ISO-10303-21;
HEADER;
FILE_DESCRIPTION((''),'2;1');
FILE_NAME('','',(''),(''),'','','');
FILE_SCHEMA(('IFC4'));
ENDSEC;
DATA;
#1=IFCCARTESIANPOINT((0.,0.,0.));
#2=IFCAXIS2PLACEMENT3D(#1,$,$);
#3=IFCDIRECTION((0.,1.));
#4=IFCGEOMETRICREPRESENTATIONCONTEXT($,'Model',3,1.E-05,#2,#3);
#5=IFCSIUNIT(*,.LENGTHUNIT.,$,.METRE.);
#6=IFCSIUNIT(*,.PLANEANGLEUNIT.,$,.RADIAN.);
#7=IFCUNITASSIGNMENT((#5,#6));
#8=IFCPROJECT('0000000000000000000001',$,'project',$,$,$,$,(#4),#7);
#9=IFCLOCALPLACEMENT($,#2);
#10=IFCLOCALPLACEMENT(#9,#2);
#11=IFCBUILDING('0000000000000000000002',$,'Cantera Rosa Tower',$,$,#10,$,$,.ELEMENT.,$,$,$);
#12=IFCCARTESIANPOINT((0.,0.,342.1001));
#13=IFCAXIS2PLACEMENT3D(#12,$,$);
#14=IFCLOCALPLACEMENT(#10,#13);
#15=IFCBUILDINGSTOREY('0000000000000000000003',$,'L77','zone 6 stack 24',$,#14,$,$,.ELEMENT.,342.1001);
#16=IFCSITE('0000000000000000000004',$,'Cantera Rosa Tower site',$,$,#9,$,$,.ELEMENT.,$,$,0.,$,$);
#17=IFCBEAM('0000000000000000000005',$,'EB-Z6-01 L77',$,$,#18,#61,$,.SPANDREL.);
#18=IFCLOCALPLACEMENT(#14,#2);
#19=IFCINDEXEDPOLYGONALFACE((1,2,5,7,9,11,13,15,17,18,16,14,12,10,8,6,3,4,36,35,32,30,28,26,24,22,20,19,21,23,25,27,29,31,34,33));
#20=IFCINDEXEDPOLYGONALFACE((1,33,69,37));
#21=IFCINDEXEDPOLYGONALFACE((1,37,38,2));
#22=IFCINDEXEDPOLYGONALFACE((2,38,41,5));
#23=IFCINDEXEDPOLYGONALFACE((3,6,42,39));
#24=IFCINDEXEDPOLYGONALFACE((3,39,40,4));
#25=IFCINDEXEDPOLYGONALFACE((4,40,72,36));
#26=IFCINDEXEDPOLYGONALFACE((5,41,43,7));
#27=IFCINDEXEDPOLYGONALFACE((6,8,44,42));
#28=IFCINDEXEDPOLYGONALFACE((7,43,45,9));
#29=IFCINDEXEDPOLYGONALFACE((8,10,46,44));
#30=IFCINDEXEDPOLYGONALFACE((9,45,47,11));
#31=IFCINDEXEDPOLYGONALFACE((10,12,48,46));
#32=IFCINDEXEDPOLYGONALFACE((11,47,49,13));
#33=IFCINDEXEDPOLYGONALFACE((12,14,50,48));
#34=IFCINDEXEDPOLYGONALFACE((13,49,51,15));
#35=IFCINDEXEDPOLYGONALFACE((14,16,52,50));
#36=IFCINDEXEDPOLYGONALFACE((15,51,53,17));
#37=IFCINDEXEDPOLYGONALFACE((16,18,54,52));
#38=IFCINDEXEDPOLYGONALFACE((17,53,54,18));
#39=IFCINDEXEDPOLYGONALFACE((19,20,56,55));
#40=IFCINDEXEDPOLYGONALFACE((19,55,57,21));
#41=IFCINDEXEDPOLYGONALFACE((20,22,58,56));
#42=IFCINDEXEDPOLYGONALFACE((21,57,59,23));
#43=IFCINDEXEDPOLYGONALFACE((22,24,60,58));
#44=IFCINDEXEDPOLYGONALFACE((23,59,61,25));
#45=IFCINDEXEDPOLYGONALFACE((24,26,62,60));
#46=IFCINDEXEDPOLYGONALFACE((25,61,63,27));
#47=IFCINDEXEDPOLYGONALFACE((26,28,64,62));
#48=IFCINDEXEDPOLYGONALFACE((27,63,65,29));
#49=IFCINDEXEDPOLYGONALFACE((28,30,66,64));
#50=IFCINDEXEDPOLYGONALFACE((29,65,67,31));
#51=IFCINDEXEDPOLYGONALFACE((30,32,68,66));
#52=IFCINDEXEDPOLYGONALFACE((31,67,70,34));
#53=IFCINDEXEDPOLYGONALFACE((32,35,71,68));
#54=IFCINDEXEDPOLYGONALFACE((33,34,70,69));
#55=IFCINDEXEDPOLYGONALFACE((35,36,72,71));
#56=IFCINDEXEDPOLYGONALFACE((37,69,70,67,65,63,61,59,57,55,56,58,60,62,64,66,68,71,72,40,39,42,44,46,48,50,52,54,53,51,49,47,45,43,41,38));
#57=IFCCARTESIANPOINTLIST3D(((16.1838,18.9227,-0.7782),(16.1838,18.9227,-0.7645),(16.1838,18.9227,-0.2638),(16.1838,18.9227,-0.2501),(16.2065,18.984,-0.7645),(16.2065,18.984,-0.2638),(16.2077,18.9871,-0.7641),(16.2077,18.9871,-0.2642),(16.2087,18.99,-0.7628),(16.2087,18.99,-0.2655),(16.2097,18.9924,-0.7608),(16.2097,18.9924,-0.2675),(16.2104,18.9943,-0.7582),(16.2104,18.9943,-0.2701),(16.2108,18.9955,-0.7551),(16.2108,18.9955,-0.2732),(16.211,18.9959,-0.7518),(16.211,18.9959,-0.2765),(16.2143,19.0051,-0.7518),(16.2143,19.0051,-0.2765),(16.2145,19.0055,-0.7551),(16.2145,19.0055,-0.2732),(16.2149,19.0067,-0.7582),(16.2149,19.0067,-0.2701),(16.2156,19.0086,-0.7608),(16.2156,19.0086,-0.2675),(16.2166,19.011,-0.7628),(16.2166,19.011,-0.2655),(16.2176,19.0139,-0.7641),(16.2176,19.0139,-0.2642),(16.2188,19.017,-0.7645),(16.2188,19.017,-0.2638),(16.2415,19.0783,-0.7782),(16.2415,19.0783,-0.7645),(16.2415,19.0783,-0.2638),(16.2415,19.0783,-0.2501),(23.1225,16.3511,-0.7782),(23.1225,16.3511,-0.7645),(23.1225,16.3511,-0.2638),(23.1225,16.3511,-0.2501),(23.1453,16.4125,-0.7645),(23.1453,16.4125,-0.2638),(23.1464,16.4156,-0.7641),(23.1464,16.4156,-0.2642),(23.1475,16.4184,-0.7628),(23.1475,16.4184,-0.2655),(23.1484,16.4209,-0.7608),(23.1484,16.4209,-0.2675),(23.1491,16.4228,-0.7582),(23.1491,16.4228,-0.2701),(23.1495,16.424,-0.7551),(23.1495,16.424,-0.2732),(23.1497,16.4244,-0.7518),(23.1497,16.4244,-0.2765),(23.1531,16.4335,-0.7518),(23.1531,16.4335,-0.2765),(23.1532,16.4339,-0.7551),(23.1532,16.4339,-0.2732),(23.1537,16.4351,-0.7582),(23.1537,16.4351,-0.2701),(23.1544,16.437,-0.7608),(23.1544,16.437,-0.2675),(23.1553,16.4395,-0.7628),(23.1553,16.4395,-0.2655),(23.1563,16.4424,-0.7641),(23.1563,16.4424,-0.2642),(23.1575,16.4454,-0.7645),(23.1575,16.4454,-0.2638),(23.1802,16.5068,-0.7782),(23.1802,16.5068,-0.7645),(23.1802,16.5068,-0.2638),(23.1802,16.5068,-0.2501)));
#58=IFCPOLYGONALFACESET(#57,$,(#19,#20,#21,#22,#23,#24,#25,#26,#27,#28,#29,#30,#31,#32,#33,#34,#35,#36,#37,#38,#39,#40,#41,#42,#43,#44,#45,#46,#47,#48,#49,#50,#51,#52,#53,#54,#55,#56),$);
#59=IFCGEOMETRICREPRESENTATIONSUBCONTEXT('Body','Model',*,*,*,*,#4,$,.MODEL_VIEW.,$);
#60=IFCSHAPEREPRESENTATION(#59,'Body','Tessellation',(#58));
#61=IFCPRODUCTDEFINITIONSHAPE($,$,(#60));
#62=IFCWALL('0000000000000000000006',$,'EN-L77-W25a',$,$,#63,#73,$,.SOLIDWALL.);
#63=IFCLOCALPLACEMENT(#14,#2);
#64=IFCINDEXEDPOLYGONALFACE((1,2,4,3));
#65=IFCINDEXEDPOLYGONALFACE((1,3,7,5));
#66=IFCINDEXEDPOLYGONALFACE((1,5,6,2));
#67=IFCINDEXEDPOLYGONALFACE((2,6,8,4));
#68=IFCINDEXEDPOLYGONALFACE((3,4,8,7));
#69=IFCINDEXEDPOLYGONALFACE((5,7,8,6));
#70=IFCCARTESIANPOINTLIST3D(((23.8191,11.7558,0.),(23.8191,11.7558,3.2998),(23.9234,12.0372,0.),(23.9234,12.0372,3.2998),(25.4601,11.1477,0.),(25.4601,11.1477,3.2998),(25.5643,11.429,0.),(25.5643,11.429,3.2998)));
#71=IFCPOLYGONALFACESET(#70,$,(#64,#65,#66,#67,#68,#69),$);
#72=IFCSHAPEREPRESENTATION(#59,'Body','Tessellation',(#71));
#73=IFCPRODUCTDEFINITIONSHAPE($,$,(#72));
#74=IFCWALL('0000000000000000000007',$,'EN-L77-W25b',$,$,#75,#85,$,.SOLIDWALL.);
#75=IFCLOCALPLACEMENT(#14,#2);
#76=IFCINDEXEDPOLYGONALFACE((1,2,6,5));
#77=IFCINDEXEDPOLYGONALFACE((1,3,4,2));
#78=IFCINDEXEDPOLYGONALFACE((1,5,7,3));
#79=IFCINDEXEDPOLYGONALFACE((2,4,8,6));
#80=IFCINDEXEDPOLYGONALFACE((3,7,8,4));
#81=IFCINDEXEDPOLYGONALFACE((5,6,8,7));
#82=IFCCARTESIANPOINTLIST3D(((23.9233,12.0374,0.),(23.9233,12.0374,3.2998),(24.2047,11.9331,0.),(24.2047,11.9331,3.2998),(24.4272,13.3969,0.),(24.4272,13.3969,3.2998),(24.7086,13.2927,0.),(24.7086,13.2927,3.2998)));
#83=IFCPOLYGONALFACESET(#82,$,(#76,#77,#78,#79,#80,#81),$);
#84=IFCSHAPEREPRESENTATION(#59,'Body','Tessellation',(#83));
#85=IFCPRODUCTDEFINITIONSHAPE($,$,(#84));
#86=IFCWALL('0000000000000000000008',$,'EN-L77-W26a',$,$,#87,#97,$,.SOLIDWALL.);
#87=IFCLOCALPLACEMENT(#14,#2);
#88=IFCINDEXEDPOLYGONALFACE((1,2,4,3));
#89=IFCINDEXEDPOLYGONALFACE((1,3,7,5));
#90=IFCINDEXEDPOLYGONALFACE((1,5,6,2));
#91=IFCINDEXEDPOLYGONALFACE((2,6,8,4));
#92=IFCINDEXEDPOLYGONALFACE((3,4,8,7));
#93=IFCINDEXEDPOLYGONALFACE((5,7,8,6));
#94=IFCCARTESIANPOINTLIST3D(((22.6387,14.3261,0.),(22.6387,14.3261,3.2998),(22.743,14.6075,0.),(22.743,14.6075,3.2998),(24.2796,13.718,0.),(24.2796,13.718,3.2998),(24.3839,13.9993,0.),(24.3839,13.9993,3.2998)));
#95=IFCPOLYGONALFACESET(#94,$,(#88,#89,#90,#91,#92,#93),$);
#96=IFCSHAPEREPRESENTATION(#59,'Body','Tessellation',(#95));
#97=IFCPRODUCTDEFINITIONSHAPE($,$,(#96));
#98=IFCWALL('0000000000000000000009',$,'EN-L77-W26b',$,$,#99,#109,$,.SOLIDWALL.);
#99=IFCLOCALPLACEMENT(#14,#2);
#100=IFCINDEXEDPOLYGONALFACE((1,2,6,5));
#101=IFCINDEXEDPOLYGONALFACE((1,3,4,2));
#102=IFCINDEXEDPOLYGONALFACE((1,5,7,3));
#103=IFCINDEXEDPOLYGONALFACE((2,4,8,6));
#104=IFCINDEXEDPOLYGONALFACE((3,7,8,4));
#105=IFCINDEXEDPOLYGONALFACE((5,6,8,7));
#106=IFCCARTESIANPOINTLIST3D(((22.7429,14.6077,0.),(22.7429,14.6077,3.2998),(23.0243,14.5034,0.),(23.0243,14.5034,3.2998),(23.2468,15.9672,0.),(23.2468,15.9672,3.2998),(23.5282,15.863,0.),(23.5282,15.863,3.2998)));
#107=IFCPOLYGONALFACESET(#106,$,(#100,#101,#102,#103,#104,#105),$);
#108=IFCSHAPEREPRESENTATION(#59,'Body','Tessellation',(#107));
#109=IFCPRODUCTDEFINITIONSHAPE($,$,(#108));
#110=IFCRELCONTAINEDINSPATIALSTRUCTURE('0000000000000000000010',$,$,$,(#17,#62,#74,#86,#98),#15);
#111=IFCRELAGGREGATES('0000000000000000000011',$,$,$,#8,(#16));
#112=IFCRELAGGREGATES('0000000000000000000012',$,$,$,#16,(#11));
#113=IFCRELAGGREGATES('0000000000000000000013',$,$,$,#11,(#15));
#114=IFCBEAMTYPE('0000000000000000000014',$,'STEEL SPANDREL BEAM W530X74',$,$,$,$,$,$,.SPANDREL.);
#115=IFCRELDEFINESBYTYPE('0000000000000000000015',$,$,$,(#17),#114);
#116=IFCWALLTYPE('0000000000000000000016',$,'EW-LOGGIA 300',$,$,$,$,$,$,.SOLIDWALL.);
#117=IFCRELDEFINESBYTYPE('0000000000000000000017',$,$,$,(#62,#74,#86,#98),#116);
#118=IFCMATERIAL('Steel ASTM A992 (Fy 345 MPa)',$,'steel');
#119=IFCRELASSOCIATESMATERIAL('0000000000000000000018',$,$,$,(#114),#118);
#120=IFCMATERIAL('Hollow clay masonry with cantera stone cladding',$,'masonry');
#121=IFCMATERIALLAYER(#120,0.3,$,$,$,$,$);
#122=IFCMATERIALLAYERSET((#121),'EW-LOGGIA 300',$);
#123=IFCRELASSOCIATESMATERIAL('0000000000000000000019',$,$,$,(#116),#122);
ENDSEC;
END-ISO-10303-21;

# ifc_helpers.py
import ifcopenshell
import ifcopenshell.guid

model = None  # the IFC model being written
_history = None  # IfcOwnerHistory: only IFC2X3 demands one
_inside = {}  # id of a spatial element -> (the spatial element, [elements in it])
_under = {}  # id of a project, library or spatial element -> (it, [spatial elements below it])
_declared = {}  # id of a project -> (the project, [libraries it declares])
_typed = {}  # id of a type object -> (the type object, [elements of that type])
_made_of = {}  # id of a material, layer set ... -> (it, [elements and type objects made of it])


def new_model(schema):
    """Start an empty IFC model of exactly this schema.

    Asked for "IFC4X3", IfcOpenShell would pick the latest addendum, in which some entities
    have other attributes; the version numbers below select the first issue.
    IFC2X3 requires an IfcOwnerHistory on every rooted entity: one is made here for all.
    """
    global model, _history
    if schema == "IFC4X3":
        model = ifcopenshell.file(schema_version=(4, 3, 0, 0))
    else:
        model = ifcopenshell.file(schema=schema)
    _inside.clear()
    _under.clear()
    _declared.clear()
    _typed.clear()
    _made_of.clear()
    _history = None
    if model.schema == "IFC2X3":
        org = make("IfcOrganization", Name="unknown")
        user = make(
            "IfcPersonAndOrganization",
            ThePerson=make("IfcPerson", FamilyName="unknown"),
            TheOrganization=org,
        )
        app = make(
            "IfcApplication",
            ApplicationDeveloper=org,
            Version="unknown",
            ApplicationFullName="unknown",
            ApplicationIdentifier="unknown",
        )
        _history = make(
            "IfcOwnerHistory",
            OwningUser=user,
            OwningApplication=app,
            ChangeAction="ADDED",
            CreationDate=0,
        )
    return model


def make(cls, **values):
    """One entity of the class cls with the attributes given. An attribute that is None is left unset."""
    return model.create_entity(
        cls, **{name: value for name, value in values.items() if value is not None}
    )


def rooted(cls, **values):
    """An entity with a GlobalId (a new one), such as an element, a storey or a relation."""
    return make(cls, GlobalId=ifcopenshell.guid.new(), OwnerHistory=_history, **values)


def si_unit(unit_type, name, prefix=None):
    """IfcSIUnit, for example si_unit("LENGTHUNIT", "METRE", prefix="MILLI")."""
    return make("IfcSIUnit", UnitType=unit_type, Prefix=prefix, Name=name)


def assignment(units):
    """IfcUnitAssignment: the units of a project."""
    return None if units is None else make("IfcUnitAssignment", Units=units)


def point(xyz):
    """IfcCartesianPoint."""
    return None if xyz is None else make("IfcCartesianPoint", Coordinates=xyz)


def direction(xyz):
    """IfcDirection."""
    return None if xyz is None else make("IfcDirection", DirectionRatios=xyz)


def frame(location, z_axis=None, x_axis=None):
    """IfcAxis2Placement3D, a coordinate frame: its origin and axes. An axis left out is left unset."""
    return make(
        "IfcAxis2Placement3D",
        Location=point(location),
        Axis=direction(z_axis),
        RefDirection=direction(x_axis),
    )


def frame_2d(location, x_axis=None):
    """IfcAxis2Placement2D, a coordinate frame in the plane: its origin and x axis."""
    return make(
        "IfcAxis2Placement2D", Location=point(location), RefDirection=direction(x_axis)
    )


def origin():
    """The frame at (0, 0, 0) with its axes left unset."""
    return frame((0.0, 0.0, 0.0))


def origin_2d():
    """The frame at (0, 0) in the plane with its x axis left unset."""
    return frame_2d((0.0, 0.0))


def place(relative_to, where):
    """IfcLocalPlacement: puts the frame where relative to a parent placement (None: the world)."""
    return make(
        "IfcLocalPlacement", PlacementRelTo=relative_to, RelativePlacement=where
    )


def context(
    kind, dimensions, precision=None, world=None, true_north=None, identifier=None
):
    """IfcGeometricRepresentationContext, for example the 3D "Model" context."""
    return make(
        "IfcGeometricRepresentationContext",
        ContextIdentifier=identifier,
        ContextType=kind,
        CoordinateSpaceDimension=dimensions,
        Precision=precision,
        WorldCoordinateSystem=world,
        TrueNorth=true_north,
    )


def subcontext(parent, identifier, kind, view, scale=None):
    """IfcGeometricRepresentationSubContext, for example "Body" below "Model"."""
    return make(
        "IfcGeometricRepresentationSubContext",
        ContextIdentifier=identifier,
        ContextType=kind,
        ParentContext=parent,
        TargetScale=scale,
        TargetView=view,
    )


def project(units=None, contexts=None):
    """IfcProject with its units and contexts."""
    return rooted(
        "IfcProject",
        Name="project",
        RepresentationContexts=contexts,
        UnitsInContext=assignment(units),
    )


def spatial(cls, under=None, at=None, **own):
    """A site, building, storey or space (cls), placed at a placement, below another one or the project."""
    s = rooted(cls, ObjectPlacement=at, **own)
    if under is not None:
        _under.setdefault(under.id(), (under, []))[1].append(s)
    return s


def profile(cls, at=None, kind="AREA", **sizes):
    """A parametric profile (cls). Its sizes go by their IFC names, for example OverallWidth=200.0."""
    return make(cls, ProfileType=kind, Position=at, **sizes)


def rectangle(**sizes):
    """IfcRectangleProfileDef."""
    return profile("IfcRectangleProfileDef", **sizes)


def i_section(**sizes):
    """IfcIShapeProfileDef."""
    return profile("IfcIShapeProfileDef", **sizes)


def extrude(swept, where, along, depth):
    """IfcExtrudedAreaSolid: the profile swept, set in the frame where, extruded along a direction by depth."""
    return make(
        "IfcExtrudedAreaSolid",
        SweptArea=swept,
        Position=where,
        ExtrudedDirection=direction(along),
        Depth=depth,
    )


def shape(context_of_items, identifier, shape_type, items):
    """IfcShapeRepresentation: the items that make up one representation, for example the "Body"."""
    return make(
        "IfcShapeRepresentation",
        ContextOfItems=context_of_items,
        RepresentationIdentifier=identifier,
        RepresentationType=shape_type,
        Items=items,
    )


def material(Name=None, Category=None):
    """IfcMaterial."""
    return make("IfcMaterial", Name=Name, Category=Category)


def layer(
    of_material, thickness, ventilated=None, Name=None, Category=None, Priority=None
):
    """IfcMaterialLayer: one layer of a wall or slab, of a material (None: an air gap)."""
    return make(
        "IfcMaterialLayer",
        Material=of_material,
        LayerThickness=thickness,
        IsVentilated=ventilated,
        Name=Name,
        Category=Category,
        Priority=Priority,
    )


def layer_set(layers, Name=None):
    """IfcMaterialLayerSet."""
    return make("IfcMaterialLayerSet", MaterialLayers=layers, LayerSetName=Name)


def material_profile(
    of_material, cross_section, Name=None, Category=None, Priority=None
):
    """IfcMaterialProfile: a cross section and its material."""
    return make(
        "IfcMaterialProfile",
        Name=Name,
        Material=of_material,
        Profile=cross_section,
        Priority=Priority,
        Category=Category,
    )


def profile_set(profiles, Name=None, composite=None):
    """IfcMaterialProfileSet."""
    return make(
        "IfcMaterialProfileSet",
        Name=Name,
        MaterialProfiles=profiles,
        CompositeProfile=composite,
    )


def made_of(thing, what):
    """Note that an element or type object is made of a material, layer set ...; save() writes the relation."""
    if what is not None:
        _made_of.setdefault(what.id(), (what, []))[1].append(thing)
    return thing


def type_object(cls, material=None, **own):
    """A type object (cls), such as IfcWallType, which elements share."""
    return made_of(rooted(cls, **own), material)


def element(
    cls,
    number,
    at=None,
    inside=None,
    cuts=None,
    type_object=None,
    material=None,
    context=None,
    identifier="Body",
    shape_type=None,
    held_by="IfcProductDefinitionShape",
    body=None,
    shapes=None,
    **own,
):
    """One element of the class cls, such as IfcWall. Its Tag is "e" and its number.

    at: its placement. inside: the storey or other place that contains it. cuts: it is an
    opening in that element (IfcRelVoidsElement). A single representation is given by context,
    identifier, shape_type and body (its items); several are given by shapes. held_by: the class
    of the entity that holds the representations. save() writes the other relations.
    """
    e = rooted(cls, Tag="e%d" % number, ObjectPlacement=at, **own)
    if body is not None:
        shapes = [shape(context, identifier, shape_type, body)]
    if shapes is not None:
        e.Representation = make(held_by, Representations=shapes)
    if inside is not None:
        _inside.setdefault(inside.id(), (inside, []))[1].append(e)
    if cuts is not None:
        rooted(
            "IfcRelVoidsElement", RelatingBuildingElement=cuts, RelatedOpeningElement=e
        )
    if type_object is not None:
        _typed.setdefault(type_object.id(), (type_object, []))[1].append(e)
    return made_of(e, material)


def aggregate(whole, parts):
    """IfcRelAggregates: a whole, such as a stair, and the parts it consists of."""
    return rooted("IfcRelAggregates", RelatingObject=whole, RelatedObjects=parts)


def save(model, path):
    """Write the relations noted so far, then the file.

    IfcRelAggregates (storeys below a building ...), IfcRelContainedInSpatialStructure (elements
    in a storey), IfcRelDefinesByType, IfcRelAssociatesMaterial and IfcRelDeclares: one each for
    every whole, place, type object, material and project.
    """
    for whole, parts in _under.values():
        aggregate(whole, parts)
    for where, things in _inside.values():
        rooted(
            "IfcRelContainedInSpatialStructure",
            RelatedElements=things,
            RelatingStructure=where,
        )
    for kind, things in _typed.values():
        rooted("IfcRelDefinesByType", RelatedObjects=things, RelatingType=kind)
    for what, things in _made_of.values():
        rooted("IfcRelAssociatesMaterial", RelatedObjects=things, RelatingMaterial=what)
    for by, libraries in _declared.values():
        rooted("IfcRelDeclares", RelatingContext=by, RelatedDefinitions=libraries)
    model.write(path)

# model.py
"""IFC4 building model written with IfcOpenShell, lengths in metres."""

from ifc_helpers import new_model, si_unit, direction, frame, frame_2d, origin, origin_2d, place, context, subcontext, project, spatial, rectangle, i_section, extrude, material, layer, layer_set, material_profile, profile_set, type_object, element, save


model = new_model("IFC4")

# Units and contexts
model_context = context("Model", 3, precision=1e-05, world=origin(), true_north=direction((0.0, 1.0)))
body_context = subcontext(model_context, "Body", "Model", "MODEL_VIEW")
ifc_project = project(units=[si_unit("LENGTHUNIT", "METRE"), si_unit("PLANEANGLEUNIT", "RADIAN")], contexts=[model_context])

# Site, building, storey
site_placement = place(None, origin())
site = spatial("IfcSite", under=ifc_project, at=site_placement, Name="Cantera Rosa Tower site", CompositionType="ELEMENT", RefElevation=0.0)
building_placement = place(site_placement, origin())
building = spatial("IfcBuilding", under=site, at=building_placement, Name="Cantera Rosa Tower", CompositionType="ELEMENT")
storey_placement = place(building_placement, frame((0.0, 0.0, 342.1001)))
storey = spatial("IfcBuildingStorey", under=building, at=storey_placement, Name="L77", Description="zone 6 stack 24", CompositionType="ELEMENT", Elevation=342.1001)

# Beam
ifc_material_1 = material(Name="Steel ASTM A992 (Fy 345 MPa)", Category="steel")
ifc_material_profile_1 = material_profile(ifc_material_1, i_section(OverallWidth=0.166, OverallDepth=0.5281, WebThickness=0.0098, FlangeThickness=0.0137, FilletRadius=0.0127, at=origin_2d()), Name="W530X74")
ifc_profile_set_1 = profile_set([ifc_material_profile_1], Name="Steel ASTM A992 (Fy 345 MPa)")
beam_type_1 = type_object("IfcBeamType", Name="STEEL SPANDREL BEAM W530X74", PredefinedType="SPANDREL", material=ifc_profile_set_1)
beam_1_placement = place(storey_placement, frame((23.1514, 16.429, -0.5142), z_axis=(-0.937677, 0.347509, 0.0), x_axis=(-0.347509, -0.937677, 0.0)))
element("IfcBeam", 1, at=beam_1_placement, inside=storey, type_object=beam_type_1, Name="EB-Z6-01 L77", PredefinedType="SPANDREL", context=body_context, shape_type="SweptSolid", body=[
    extrude(i_section(OverallWidth=0.166, OverallDepth=0.5281, WebThickness=0.0098, FlangeThickness=0.0137, FilletRadius=0.0127, at=origin_2d()), origin(), (0.0, 0.0, 1.0), 7.3999),
])

# Walls
ifc_material_2 = material(Name="Hollow clay masonry with cantera stone cladding", Category="masonry")
ifc_layer_1 = layer(ifc_material_2, 0.3)
ifc_layer_set_1 = layer_set([ifc_layer_1], Name="EW-LOGGIA 300")
wall_type_1 = type_object("IfcWallType", Name="EW-LOGGIA 300", PredefinedType="SOLIDWALL", material=ifc_layer_set_1)
wall_1_placement = place(storey_placement, frame((25.5122, 11.2883, 0.0), z_axis=(0.0, 0.0, 1.0), x_axis=(-0.93767, 0.347528, 0.0)))
element("IfcWall", 2, at=wall_1_placement, inside=storey, type_object=wall_type_1, Name="EN-L77-W25a", PredefinedType="SOLIDWALL", context=body_context, shape_type="SweptSolid", body=[
    extrude(rectangle(XDim=1.75, YDim=0.3, at=frame_2d((0.875, 0.0))), origin(), (0.0, 0.0, 1.0), 3.2998),
])
wall_2_placement = place(storey_placement, frame((24.064, 11.9851, 0.0), z_axis=(0.0, 0.0, 1.0), x_axis=(0.347523, 0.937672, 0.0)))
element("IfcWall", 3, at=wall_2_placement, inside=storey, type_object=wall_type_1, Name="EN-L77-W25b", PredefinedType="SOLIDWALL", context=body_context, shape_type="SweptSolid", body=[
    extrude(rectangle(XDim=1.45, YDim=0.3, at=frame_2d((0.7251, 0.0))), origin(), (0.0, 0.0, 1.0), 3.2998),
])
wall_3_placement = place(storey_placement, frame((24.3318, 13.8586, 0.0), z_axis=(0.0, 0.0, 1.0), x_axis=(-0.93767, 0.347528, 0.0)))
element("IfcWall", 4, at=wall_3_placement, inside=storey, type_object=wall_type_1, Name="EN-L77-W26a", PredefinedType="SOLIDWALL", context=body_context, shape_type="SweptSolid", body=[
    extrude(rectangle(XDim=1.75, YDim=0.3, at=frame_2d((0.875, 0.0))), origin(), (0.0, 0.0, 1.0), 3.2998),
])
wall_4_placement = place(storey_placement, frame((22.8835, 14.5554, 0.0), z_axis=(0.0, 0.0, 1.0), x_axis=(0.347523, 0.937672, 0.0)))
element("IfcWall", 5, at=wall_4_placement, inside=storey, type_object=wall_type_1, Name="EN-L77-W26b", PredefinedType="SOLIDWALL", context=body_context, shape_type="SweptSolid", body=[
    extrude(rectangle(XDim=1.45, YDim=0.3, at=frame_2d((0.7251, 0.0))), origin(), (0.0, 0.0, 1.0), 3.2998),
])

save(model, "model.ifc")
